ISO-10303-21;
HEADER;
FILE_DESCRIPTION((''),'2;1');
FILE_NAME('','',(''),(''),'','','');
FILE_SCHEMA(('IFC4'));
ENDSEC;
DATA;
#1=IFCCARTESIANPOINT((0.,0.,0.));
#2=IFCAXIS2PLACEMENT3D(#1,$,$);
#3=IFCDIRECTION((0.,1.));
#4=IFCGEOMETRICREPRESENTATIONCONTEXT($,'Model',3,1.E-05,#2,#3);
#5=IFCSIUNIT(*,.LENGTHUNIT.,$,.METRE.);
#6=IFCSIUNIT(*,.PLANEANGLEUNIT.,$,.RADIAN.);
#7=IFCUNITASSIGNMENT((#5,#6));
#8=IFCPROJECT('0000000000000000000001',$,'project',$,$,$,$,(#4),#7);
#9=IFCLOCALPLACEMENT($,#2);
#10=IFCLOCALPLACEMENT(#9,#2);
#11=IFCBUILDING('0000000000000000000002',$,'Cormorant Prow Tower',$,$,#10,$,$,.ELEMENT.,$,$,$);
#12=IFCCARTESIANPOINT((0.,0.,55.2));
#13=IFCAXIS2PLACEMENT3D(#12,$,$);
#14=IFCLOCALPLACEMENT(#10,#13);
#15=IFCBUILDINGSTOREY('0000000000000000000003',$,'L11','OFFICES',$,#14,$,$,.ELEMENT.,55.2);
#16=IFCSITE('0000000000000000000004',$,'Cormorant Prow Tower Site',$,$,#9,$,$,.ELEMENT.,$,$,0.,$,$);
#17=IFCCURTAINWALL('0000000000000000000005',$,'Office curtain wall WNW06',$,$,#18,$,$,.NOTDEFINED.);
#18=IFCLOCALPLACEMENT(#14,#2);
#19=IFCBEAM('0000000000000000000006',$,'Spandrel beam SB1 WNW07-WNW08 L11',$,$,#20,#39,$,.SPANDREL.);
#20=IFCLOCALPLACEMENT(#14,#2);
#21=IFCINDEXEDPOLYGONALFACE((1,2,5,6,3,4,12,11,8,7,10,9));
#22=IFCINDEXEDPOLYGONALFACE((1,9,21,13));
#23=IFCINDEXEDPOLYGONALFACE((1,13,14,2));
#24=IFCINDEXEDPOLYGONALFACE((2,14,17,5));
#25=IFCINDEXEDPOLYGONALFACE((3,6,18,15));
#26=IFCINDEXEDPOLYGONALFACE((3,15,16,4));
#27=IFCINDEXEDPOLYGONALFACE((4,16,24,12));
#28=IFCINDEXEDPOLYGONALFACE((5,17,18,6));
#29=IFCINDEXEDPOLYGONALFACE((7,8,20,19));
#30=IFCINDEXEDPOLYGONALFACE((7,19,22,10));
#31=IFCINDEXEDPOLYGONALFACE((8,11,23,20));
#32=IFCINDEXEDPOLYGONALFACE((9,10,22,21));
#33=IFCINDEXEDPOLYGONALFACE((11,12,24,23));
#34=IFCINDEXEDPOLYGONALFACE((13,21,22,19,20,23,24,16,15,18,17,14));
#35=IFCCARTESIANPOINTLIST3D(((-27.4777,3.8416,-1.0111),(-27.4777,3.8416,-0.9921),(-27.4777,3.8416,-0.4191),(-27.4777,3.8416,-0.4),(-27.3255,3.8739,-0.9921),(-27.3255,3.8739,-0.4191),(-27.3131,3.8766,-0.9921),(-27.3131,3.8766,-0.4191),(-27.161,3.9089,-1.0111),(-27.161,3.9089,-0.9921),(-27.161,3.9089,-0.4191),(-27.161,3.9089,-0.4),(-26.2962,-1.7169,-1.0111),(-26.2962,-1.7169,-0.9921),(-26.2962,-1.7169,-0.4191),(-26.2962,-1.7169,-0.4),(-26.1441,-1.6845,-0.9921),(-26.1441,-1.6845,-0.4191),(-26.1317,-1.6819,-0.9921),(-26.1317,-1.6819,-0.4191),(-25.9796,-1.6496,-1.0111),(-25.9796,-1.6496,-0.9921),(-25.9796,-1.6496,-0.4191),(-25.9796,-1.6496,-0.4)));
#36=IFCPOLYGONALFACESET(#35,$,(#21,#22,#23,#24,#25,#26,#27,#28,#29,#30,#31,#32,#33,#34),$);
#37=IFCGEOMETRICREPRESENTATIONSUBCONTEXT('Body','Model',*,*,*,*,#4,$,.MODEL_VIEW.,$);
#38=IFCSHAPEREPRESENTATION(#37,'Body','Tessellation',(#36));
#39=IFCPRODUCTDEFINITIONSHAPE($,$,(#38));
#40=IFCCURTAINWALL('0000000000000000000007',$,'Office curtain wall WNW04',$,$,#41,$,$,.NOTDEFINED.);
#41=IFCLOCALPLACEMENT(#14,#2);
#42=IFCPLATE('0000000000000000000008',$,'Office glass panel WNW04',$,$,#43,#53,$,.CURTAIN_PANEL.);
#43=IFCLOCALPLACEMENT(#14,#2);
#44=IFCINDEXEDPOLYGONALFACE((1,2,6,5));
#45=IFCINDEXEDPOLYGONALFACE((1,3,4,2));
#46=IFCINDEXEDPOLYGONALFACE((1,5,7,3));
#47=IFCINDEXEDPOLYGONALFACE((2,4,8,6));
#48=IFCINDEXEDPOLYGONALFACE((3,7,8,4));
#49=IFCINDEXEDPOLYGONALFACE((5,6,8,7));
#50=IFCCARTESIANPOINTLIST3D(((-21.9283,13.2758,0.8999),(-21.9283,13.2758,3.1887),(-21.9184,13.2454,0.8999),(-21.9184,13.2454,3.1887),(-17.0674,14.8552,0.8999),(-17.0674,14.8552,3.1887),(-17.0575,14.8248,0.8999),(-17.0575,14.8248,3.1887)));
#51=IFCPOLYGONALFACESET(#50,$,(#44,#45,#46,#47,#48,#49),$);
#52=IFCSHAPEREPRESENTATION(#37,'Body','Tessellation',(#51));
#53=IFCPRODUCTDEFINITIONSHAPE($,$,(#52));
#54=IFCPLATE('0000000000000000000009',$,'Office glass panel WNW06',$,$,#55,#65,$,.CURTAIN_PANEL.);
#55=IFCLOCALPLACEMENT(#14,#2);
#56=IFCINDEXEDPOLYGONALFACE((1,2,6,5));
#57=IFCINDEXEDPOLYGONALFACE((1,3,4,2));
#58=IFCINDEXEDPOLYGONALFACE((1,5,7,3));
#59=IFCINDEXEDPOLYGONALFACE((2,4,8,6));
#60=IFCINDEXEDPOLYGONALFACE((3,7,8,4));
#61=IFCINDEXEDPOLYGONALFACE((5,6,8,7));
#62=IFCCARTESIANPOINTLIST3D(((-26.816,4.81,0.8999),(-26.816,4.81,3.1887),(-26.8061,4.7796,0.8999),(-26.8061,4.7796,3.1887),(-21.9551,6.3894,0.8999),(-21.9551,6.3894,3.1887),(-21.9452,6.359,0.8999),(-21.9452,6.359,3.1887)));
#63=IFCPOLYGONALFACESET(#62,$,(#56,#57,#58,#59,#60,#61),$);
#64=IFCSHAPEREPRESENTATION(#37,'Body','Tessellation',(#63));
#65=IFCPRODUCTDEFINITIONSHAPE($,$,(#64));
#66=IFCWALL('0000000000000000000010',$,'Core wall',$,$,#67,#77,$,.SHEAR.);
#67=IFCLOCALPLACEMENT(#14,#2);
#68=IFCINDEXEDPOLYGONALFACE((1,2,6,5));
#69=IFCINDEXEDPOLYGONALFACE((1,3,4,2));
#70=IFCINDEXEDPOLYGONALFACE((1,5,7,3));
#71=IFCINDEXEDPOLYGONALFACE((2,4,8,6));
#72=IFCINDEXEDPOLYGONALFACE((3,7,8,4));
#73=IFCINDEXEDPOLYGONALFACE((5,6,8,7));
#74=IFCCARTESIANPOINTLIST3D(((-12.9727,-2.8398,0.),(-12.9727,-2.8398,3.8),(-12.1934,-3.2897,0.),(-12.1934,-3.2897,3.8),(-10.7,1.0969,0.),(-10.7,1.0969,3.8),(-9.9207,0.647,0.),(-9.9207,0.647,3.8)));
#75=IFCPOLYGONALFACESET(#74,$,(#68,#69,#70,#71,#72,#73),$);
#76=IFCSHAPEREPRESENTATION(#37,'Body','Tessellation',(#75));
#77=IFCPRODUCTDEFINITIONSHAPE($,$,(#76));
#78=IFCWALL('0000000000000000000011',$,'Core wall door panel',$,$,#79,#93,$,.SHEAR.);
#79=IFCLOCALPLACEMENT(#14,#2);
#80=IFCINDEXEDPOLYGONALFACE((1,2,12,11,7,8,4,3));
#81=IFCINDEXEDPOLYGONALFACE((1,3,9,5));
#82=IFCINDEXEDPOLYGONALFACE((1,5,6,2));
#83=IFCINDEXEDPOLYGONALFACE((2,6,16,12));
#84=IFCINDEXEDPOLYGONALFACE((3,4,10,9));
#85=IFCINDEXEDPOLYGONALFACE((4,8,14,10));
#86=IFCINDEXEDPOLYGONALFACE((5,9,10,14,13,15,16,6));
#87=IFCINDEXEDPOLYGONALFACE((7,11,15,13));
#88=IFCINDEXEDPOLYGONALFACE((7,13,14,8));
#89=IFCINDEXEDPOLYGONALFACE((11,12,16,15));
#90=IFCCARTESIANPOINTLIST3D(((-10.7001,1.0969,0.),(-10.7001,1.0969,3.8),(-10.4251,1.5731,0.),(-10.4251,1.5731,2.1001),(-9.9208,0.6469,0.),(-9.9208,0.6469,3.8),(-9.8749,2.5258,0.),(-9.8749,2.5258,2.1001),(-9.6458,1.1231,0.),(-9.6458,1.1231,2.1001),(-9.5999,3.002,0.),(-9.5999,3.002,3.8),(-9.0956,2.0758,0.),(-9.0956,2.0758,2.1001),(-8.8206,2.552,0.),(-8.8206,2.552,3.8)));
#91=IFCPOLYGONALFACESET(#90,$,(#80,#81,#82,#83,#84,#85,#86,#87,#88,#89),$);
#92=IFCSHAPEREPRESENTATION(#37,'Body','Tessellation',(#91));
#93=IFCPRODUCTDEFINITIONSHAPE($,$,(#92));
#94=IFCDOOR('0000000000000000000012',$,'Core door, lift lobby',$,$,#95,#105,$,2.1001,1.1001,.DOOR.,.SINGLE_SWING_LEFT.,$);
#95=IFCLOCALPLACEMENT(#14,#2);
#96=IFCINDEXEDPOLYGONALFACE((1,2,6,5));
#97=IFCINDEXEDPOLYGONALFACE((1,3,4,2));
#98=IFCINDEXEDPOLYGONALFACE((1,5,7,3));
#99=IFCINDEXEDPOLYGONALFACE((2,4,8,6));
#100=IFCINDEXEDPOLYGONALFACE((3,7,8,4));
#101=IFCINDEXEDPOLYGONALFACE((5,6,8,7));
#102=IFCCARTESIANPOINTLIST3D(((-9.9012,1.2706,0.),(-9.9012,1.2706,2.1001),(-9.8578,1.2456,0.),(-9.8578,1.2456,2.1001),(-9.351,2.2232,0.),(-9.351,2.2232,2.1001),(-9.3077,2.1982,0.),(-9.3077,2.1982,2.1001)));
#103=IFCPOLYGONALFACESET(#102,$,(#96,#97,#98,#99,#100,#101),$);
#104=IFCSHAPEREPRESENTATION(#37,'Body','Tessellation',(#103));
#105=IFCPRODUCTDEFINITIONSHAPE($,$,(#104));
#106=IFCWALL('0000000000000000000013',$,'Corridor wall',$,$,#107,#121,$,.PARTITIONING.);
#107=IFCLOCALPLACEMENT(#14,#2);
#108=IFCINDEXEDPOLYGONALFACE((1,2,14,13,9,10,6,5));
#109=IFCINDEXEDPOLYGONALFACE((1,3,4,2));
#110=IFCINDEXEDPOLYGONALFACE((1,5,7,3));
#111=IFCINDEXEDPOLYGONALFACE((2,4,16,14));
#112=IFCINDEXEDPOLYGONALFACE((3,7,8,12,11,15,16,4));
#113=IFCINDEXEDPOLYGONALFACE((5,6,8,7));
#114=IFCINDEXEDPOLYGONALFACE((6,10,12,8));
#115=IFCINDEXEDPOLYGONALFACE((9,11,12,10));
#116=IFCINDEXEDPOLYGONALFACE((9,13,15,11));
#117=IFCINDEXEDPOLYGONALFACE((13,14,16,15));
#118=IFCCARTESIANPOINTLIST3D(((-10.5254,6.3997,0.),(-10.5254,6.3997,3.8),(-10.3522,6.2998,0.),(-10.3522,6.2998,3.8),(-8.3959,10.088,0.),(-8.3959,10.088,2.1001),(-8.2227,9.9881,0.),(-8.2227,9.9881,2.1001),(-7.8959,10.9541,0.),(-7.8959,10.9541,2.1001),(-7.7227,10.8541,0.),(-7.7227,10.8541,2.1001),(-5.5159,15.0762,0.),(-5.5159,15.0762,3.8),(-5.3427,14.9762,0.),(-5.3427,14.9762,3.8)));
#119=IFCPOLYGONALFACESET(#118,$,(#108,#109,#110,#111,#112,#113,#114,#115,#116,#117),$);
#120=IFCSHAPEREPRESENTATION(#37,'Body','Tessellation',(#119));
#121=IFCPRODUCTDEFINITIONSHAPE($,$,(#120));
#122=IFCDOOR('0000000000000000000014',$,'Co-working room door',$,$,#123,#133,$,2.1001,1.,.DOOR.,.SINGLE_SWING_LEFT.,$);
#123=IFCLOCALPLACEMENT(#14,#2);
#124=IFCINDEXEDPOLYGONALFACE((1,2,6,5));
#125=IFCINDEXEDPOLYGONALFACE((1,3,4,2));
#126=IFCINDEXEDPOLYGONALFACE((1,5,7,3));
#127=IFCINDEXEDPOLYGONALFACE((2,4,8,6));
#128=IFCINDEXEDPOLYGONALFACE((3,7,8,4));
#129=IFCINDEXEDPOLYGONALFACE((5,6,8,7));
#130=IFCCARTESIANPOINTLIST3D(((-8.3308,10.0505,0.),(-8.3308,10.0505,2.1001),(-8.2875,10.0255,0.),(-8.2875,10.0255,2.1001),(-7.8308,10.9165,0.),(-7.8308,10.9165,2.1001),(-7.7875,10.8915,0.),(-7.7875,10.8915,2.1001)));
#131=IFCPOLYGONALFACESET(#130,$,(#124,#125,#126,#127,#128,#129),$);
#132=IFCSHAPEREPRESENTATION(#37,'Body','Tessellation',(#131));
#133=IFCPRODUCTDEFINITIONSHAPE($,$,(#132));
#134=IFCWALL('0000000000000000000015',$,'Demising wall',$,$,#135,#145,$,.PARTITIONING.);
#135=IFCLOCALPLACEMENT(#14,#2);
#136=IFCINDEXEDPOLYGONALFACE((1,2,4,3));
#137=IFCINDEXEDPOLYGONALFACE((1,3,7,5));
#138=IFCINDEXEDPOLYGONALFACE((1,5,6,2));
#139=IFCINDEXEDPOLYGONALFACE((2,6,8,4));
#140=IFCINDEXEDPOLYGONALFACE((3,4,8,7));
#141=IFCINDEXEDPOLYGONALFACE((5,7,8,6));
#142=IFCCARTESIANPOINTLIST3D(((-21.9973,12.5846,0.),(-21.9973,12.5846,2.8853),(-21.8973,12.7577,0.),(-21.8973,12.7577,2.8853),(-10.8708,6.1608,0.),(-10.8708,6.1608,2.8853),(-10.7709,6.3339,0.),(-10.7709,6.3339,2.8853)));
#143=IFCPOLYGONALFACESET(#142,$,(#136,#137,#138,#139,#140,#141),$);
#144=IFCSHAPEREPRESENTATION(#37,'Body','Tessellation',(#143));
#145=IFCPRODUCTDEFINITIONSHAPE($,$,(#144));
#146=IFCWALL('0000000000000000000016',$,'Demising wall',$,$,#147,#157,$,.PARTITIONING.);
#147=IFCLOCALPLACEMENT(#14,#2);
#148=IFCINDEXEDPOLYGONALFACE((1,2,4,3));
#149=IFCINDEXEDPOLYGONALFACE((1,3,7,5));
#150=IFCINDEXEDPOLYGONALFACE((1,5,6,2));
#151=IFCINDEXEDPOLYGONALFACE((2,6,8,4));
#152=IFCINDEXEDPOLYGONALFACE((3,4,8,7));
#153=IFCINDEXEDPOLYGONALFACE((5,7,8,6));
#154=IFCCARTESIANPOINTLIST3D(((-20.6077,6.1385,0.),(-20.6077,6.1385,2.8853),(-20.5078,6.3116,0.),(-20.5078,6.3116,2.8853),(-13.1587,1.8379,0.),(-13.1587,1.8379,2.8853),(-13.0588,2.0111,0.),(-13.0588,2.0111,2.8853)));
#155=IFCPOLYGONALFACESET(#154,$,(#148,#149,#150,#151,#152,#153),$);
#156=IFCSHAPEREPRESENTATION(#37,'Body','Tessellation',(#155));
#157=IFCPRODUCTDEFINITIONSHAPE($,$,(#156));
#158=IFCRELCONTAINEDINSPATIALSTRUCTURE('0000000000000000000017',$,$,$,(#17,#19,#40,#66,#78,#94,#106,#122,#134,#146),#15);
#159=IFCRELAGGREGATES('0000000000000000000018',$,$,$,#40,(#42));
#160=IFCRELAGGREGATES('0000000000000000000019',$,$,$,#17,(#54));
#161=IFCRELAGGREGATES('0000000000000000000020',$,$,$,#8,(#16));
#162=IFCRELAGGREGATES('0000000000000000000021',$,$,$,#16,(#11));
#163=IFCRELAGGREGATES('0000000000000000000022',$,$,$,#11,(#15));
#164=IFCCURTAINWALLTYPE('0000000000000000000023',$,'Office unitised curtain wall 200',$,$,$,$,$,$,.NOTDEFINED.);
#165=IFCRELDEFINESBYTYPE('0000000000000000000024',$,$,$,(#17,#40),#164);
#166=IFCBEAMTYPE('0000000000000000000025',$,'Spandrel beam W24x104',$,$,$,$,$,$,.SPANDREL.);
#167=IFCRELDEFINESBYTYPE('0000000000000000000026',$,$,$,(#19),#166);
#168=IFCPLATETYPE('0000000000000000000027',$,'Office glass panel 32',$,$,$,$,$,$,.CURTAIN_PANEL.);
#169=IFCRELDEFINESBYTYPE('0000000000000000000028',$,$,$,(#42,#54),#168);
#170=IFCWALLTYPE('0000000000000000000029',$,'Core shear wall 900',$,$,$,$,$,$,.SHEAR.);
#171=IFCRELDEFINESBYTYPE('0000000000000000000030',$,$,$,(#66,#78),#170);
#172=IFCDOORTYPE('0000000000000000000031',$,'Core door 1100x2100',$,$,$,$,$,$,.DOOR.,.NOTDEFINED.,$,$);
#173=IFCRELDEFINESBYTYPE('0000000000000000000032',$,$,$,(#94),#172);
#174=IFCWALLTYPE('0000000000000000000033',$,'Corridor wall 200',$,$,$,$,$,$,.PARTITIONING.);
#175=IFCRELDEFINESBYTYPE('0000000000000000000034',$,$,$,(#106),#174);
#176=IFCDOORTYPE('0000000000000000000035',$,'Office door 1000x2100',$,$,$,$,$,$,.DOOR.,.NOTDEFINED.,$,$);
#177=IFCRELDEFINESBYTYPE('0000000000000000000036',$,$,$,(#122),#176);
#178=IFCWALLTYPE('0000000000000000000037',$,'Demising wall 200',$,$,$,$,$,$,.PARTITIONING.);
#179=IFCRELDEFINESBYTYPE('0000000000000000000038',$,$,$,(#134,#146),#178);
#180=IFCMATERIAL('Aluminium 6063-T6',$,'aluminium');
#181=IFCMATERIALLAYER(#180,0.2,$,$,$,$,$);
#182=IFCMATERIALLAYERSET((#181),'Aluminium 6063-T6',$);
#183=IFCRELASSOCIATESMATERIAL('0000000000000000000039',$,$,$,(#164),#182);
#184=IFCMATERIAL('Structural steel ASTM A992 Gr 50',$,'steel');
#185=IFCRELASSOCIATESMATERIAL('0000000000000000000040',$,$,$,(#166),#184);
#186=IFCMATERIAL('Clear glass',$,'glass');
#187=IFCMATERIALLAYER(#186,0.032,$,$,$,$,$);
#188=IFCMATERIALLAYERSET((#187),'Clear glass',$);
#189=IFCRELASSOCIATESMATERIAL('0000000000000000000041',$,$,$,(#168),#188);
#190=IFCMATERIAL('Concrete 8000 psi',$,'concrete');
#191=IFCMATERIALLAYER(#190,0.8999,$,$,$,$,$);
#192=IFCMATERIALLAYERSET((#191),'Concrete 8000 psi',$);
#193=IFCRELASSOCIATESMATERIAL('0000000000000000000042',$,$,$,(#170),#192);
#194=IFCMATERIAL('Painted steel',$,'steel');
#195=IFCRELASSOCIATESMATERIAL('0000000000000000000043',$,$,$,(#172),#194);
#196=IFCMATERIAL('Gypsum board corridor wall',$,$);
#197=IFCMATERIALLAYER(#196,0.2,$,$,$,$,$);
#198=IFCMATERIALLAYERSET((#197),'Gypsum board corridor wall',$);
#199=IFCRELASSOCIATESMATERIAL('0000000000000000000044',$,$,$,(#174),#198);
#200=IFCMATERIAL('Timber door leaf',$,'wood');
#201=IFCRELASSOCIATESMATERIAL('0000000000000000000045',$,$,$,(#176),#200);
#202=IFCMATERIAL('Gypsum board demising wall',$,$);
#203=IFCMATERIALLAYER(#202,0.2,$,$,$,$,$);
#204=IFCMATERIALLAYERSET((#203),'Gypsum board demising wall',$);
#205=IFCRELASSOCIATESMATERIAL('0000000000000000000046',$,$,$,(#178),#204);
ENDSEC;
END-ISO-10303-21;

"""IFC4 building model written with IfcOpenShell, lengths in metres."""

from ifc_helpers import new_model, si_unit, direction, frame, frame_2d, origin, origin_2d, place, context, subcontext, project, spatial, rectangle, i_section, extrude, material, layer, layer_set, material_profile, profile_set, type_object, element, fill, aggregate, save


model = new_model("IFC4")

# Units and contexts
model_context = context("Model", 3, precision=1e-05, world=origin(), true_north=direction((0.0, 1.0)))
body_context = subcontext(model_context, "Body", "Model", "MODEL_VIEW")
ifc_project = project(units=[si_unit("LENGTHUNIT", "METRE"), si_unit("PLANEANGLEUNIT", "RADIAN")], contexts=[model_context])

# Site, building, storey
site_placement = place(None, origin())
site = spatial("IfcSite", under=ifc_project, at=site_placement, Name="Cormorant Prow Tower Site", CompositionType="ELEMENT", RefElevation=0.0)
building_placement = place(site_placement, origin())
building = spatial("IfcBuilding", under=site, at=building_placement, Name="Cormorant Prow Tower", CompositionType="ELEMENT")
storey_placement = place(building_placement, frame((0.0, 0.0, 55.2)))
storey = spatial("IfcBuildingStorey", under=building, at=storey_placement, Name="L11", Description="OFFICES", CompositionType="ELEMENT", Elevation=55.2)

# Curtain wall
ifc_material_1 = material(Name="Aluminium 6063-T6", Category="aluminium")
ifc_layer_1 = layer(ifc_material_1, 0.2)
ifc_layer_set_1 = layer_set([ifc_layer_1], Name="Aluminium 6063-T6")
curtain_wall_type = type_object("IfcCurtainWallType", Name="Office unitised curtain wall 200", PredefinedType="NOTDEFINED", material=ifc_layer_set_1)
curtain_wall_1_placement = place(storey_placement, origin())
curtain_wall_1 = element("IfcCurtainWall", 1, at=curtain_wall_1_placement, inside=storey, type_object=curtain_wall_type, Name="Office curtain wall WNW06", PredefinedType="NOTDEFINED")

# Beam
ifc_material_2 = material(Name="Structural steel ASTM A992 Gr 50", Category="steel")
ifc_material_profile_1 = material_profile(ifc_material_2, i_section(OverallWidth=0.3237, OverallDepth=0.6111, WebThickness=0.0127, FlangeThickness=0.019, at=origin_2d()), Name="W24x104")
ifc_profile_set_1 = profile_set([ifc_material_profile_1], Name="Structural steel ASTM A992 Gr 50")
beam_type_1 = type_object("IfcBeamType", Name="Spandrel beam W24x104", PredefinedType="SPANDREL", material=ifc_profile_set_1)
beam_1_placement = place(storey_placement, frame((-27.3193, 3.8752, -0.7056), z_axis=(0.2079, -0.97815, 0.0), x_axis=(0.97815, 0.2079, 0.0)))
element("IfcBeam", 2, at=beam_1_placement, inside=storey, type_object=beam_type_1, Name="Spandrel beam SB1 WNW07-WNW08 L11", PredefinedType="SPANDREL", context=body_context, shape_type="SweptSolid", body=[
    extrude(i_section(OverallWidth=0.3237, OverallDepth=0.6111, WebThickness=0.0127, FlangeThickness=0.019, at=origin_2d()), origin(), (0.0, 0.0, 1.0), 5.6826),
])

# Curtain wall, plate
curtain_wall_2_placement = place(storey_placement, origin())
curtain_wall_2 = element("IfcCurtainWall", 3, at=curtain_wall_2_placement, inside=storey, type_object=curtain_wall_type, Name="Office curtain wall WNW04", PredefinedType="NOTDEFINED")
ifc_material_3 = material(Name="Clear glass", Category="glass")
ifc_layer_2 = layer(ifc_material_3, 0.032)
ifc_layer_set_2 = layer_set([ifc_layer_2], Name="Clear glass")
plate_type = type_object("IfcPlateType", Name="Office glass panel 32", PredefinedType="CURTAIN_PANEL", material=ifc_layer_set_2)
plate_1_placement = place(storey_placement, frame((-19.4929, 14.0503, 0.8999), z_axis=(0.0, 0.0, 1.0), x_axis=(-0.951056, -0.309017, 0.0)))
plate_1 = element("IfcPlate", 4, at=plate_1_placement, type_object=plate_type, Name="Office glass panel WNW04", PredefinedType="CURTAIN_PANEL", context=body_context, shape_type="SweptSolid", body=[
    extrude(rectangle(XDim=5.1111, YDim=0.032, at=origin_2d()), origin(), (0.0, 0.0, 1.0), 2.2888),
])
aggregate(curtain_wall_2, [plate_1])

# Plate
plate_2_placement = place(storey_placement, frame((-24.3806, 5.5845, 0.8999), z_axis=(0.0, 0.0, 1.0), x_axis=(-0.951057, -0.309017, 0.0)))
plate_2 = element("IfcPlate", 5, at=plate_2_placement, type_object=plate_type, Name="Office glass panel WNW06", PredefinedType="CURTAIN_PANEL", context=body_context, shape_type="SweptSolid", body=[
    extrude(rectangle(XDim=5.1111, YDim=0.032, at=origin_2d()), origin(), (0.0, 0.0, 1.0), 2.2888),
])
aggregate(curtain_wall_1, [plate_2])

# Wall
ifc_material_4 = material(Name="Concrete 8000 psi", Category="concrete")
ifc_layer_3 = layer(ifc_material_4, 0.8999)
ifc_layer_set_3 = layer_set([ifc_layer_3], Name="Concrete 8000 psi")
wall_type_1 = type_object("IfcWallType", Name="Core shear wall 900", PredefinedType="SHEAR", material=ifc_layer_set_3)
wall_1_placement = place(storey_placement, frame((-10.3103, 0.8721, 0.0), z_axis=(0.0, 0.0, 1.0), x_axis=(-0.499969, -0.866043, 0.0)))
element("IfcWall", 6, at=wall_1_placement, inside=storey, type_object=wall_type_1, Name="Core wall", PredefinedType="SHEAR", context=body_context, shape_type="SweptSolid", body=[
    extrude(rectangle(XDim=4.5457, YDim=0.8999, at=frame_2d((2.2729, 0.0))), origin(), (0.0, 0.0, 1.0), 3.8),
])

# Walls, openings, doors
wall_2_placement = place(storey_placement, frame((-9.2102, 2.7771, 0.0), z_axis=(0.0, 0.0, 1.0), x_axis=(-0.500078, -0.86598, 0.0)))
wall_2 = element("IfcWall", 7, at=wall_2_placement, inside=storey, type_object=wall_type_1, Name="Core wall door panel", PredefinedType="SHEAR", context=body_context, shape_type="SweptSolid", body=[
    extrude(rectangle(XDim=2.2, YDim=0.8999, at=frame_2d((1.1001, 0.0))), origin(), (0.0, 0.0, 1.0), 3.8),
])
opening_1_placement = place(wall_2_placement, frame((0.55, 0.0, 0.0)))
opening_1 = element("IfcOpeningElement", 8, at=opening_1_placement, cuts=wall_2, PredefinedType="OPENING", context=body_context, shape_type="SweptSolid", body=[
    extrude(rectangle(XDim=1.1001, YDim=2.1001, at=frame_2d((0.55, 1.05))), frame((0.0, 0.46, 0.0), z_axis=(0.0, -1.0, 0.0), x_axis=(1.0, 0.0, 0.0)), (0.0, 0.0, 1.0), 0.9199),
])
ifc_material_5 = material(Name="Painted steel", Category="steel")
door_type_1 = type_object("IfcDoorType", Name="Core door 1100x2100", OperationType="NOTDEFINED", PredefinedType="DOOR", material=ifc_material_5)
door_1_placement = place(opening_1_placement, origin())
door_1 = element("IfcDoor", 9, at=door_1_placement, inside=storey, type_object=door_type_1, Name="Core door, lift lobby", OperationType="SINGLE_SWING_LEFT", OverallHeight=2.1001, OverallWidth=1.1001, PredefinedType="DOOR", context=body_context, shape_type="SweptSolid", body=[
    extrude(rectangle(XDim=1.1001, YDim=2.1001, at=frame_2d((0.55, 1.05))), frame((0.0, 0.2051, 0.0), z_axis=(0.0, -1.0, 0.0), x_axis=(1.0, 0.0, 0.0)), (0.0, 0.0, 1.0), 0.05),
])
fill(opening_1, door_1)
ifc_material_6 = material(Name="Gypsum board corridor wall")
ifc_layer_4 = layer(ifc_material_6, 0.2)
ifc_layer_set_4 = layer_set([ifc_layer_4], Name="Gypsum board corridor wall")
wall_type_2 = type_object("IfcWallType", Name="Corridor wall 200", PredefinedType="PARTITIONING", material=ifc_layer_set_4)
wall_3_placement = place(storey_placement, frame((-10.4387, 6.3499, 0.0), z_axis=(0.0, 0.0, 1.0), x_axis=(0.50001, 0.86602, 0.0)))
wall_3 = element("IfcWall", 10, at=wall_3_placement, inside=storey, type_object=wall_type_2, Name="Corridor wall", PredefinedType="PARTITIONING", context=body_context, shape_type="SweptSolid", body=[
    extrude(rectangle(XDim=10.0188, YDim=0.2, at=frame_2d((5.0093, 0.0))), origin(), (0.0, 0.0, 1.0), 3.8),
])
opening_2_placement = place(wall_3_placement, frame((4.2588, 0.0, 0.0)))
opening_2 = element("IfcOpeningElement", 11, at=opening_2_placement, cuts=wall_3, PredefinedType="OPENING", context=body_context, shape_type="SweptSolid", body=[
    extrude(rectangle(XDim=1.0, YDim=2.1001, at=frame_2d((0.5, 1.05))), frame((0.0, 0.1099, 0.0), z_axis=(0.0, -1.0, 0.0), x_axis=(1.0, 0.0, 0.0)), (0.0, 0.0, 1.0), 0.22),
])
ifc_material_7 = material(Name="Timber door leaf", Category="wood")
door_type_2 = type_object("IfcDoorType", Name="Office door 1000x2100", OperationType="NOTDEFINED", PredefinedType="DOOR", material=ifc_material_7)
door_2_placement = place(opening_2_placement, origin())
door_2 = element("IfcDoor", 12, at=door_2_placement, inside=storey, type_object=door_type_2, Name="Co-working room door", OperationType="SINGLE_SWING_LEFT", OverallHeight=2.1001, OverallWidth=1.0, PredefinedType="DOOR", context=body_context, shape_type="SweptSolid", body=[
    extrude(rectangle(XDim=1.0, YDim=2.1001, at=frame_2d((0.5, 1.05))), frame((0.0, 0.0249, 0.0), z_axis=(0.0, -1.0, 0.0), x_axis=(1.0, 0.0, 0.0)), (0.0, 0.0, 1.0), 0.05),
])
fill(opening_2, door_2)

# Walls
ifc_material_8 = material(Name="Gypsum board demising wall")
ifc_layer_5 = layer(ifc_material_8, 0.2)
ifc_layer_set_5 = layer_set([ifc_layer_5], Name="Gypsum board demising wall")
wall_type_3 = type_object("IfcWallType", Name="Demising wall 200", PredefinedType="PARTITIONING", material=ifc_layer_set_5)
wall_4_placement = place(storey_placement, frame((-21.9473, 12.6711, 0.0), z_axis=(0.0, 0.0, 1.0), x_axis=(0.866027, -0.499998, 0.0)))
element("IfcWall", 13, at=wall_4_placement, inside=storey, type_object=wall_type_3, Name="Demising wall", PredefinedType="PARTITIONING", context=body_context, shape_type="SweptSolid", body=[
    extrude(rectangle(XDim=12.8477, YDim=0.2, at=frame_2d((6.4238, 0.0))), origin(), (0.0, 0.0, 1.0), 2.8853),
])
wall_5_placement = place(storey_placement, frame((-20.5579, 6.2251, 0.0), z_axis=(0.0, 0.0, 1.0), x_axis=(0.866032, -0.499989, 0.0)))
element("IfcWall", 14, at=wall_5_placement, inside=storey, type_object=wall_type_3, Name="Demising wall", PredefinedType="PARTITIONING", context=body_context, shape_type="SweptSolid", body=[
    extrude(rectangle(XDim=8.6013, YDim=0.2, at=frame_2d((4.3008, 0.0))), origin(), (0.0, 0.0, 1.0), 2.8853),
])

save(model, "model.ifc")
